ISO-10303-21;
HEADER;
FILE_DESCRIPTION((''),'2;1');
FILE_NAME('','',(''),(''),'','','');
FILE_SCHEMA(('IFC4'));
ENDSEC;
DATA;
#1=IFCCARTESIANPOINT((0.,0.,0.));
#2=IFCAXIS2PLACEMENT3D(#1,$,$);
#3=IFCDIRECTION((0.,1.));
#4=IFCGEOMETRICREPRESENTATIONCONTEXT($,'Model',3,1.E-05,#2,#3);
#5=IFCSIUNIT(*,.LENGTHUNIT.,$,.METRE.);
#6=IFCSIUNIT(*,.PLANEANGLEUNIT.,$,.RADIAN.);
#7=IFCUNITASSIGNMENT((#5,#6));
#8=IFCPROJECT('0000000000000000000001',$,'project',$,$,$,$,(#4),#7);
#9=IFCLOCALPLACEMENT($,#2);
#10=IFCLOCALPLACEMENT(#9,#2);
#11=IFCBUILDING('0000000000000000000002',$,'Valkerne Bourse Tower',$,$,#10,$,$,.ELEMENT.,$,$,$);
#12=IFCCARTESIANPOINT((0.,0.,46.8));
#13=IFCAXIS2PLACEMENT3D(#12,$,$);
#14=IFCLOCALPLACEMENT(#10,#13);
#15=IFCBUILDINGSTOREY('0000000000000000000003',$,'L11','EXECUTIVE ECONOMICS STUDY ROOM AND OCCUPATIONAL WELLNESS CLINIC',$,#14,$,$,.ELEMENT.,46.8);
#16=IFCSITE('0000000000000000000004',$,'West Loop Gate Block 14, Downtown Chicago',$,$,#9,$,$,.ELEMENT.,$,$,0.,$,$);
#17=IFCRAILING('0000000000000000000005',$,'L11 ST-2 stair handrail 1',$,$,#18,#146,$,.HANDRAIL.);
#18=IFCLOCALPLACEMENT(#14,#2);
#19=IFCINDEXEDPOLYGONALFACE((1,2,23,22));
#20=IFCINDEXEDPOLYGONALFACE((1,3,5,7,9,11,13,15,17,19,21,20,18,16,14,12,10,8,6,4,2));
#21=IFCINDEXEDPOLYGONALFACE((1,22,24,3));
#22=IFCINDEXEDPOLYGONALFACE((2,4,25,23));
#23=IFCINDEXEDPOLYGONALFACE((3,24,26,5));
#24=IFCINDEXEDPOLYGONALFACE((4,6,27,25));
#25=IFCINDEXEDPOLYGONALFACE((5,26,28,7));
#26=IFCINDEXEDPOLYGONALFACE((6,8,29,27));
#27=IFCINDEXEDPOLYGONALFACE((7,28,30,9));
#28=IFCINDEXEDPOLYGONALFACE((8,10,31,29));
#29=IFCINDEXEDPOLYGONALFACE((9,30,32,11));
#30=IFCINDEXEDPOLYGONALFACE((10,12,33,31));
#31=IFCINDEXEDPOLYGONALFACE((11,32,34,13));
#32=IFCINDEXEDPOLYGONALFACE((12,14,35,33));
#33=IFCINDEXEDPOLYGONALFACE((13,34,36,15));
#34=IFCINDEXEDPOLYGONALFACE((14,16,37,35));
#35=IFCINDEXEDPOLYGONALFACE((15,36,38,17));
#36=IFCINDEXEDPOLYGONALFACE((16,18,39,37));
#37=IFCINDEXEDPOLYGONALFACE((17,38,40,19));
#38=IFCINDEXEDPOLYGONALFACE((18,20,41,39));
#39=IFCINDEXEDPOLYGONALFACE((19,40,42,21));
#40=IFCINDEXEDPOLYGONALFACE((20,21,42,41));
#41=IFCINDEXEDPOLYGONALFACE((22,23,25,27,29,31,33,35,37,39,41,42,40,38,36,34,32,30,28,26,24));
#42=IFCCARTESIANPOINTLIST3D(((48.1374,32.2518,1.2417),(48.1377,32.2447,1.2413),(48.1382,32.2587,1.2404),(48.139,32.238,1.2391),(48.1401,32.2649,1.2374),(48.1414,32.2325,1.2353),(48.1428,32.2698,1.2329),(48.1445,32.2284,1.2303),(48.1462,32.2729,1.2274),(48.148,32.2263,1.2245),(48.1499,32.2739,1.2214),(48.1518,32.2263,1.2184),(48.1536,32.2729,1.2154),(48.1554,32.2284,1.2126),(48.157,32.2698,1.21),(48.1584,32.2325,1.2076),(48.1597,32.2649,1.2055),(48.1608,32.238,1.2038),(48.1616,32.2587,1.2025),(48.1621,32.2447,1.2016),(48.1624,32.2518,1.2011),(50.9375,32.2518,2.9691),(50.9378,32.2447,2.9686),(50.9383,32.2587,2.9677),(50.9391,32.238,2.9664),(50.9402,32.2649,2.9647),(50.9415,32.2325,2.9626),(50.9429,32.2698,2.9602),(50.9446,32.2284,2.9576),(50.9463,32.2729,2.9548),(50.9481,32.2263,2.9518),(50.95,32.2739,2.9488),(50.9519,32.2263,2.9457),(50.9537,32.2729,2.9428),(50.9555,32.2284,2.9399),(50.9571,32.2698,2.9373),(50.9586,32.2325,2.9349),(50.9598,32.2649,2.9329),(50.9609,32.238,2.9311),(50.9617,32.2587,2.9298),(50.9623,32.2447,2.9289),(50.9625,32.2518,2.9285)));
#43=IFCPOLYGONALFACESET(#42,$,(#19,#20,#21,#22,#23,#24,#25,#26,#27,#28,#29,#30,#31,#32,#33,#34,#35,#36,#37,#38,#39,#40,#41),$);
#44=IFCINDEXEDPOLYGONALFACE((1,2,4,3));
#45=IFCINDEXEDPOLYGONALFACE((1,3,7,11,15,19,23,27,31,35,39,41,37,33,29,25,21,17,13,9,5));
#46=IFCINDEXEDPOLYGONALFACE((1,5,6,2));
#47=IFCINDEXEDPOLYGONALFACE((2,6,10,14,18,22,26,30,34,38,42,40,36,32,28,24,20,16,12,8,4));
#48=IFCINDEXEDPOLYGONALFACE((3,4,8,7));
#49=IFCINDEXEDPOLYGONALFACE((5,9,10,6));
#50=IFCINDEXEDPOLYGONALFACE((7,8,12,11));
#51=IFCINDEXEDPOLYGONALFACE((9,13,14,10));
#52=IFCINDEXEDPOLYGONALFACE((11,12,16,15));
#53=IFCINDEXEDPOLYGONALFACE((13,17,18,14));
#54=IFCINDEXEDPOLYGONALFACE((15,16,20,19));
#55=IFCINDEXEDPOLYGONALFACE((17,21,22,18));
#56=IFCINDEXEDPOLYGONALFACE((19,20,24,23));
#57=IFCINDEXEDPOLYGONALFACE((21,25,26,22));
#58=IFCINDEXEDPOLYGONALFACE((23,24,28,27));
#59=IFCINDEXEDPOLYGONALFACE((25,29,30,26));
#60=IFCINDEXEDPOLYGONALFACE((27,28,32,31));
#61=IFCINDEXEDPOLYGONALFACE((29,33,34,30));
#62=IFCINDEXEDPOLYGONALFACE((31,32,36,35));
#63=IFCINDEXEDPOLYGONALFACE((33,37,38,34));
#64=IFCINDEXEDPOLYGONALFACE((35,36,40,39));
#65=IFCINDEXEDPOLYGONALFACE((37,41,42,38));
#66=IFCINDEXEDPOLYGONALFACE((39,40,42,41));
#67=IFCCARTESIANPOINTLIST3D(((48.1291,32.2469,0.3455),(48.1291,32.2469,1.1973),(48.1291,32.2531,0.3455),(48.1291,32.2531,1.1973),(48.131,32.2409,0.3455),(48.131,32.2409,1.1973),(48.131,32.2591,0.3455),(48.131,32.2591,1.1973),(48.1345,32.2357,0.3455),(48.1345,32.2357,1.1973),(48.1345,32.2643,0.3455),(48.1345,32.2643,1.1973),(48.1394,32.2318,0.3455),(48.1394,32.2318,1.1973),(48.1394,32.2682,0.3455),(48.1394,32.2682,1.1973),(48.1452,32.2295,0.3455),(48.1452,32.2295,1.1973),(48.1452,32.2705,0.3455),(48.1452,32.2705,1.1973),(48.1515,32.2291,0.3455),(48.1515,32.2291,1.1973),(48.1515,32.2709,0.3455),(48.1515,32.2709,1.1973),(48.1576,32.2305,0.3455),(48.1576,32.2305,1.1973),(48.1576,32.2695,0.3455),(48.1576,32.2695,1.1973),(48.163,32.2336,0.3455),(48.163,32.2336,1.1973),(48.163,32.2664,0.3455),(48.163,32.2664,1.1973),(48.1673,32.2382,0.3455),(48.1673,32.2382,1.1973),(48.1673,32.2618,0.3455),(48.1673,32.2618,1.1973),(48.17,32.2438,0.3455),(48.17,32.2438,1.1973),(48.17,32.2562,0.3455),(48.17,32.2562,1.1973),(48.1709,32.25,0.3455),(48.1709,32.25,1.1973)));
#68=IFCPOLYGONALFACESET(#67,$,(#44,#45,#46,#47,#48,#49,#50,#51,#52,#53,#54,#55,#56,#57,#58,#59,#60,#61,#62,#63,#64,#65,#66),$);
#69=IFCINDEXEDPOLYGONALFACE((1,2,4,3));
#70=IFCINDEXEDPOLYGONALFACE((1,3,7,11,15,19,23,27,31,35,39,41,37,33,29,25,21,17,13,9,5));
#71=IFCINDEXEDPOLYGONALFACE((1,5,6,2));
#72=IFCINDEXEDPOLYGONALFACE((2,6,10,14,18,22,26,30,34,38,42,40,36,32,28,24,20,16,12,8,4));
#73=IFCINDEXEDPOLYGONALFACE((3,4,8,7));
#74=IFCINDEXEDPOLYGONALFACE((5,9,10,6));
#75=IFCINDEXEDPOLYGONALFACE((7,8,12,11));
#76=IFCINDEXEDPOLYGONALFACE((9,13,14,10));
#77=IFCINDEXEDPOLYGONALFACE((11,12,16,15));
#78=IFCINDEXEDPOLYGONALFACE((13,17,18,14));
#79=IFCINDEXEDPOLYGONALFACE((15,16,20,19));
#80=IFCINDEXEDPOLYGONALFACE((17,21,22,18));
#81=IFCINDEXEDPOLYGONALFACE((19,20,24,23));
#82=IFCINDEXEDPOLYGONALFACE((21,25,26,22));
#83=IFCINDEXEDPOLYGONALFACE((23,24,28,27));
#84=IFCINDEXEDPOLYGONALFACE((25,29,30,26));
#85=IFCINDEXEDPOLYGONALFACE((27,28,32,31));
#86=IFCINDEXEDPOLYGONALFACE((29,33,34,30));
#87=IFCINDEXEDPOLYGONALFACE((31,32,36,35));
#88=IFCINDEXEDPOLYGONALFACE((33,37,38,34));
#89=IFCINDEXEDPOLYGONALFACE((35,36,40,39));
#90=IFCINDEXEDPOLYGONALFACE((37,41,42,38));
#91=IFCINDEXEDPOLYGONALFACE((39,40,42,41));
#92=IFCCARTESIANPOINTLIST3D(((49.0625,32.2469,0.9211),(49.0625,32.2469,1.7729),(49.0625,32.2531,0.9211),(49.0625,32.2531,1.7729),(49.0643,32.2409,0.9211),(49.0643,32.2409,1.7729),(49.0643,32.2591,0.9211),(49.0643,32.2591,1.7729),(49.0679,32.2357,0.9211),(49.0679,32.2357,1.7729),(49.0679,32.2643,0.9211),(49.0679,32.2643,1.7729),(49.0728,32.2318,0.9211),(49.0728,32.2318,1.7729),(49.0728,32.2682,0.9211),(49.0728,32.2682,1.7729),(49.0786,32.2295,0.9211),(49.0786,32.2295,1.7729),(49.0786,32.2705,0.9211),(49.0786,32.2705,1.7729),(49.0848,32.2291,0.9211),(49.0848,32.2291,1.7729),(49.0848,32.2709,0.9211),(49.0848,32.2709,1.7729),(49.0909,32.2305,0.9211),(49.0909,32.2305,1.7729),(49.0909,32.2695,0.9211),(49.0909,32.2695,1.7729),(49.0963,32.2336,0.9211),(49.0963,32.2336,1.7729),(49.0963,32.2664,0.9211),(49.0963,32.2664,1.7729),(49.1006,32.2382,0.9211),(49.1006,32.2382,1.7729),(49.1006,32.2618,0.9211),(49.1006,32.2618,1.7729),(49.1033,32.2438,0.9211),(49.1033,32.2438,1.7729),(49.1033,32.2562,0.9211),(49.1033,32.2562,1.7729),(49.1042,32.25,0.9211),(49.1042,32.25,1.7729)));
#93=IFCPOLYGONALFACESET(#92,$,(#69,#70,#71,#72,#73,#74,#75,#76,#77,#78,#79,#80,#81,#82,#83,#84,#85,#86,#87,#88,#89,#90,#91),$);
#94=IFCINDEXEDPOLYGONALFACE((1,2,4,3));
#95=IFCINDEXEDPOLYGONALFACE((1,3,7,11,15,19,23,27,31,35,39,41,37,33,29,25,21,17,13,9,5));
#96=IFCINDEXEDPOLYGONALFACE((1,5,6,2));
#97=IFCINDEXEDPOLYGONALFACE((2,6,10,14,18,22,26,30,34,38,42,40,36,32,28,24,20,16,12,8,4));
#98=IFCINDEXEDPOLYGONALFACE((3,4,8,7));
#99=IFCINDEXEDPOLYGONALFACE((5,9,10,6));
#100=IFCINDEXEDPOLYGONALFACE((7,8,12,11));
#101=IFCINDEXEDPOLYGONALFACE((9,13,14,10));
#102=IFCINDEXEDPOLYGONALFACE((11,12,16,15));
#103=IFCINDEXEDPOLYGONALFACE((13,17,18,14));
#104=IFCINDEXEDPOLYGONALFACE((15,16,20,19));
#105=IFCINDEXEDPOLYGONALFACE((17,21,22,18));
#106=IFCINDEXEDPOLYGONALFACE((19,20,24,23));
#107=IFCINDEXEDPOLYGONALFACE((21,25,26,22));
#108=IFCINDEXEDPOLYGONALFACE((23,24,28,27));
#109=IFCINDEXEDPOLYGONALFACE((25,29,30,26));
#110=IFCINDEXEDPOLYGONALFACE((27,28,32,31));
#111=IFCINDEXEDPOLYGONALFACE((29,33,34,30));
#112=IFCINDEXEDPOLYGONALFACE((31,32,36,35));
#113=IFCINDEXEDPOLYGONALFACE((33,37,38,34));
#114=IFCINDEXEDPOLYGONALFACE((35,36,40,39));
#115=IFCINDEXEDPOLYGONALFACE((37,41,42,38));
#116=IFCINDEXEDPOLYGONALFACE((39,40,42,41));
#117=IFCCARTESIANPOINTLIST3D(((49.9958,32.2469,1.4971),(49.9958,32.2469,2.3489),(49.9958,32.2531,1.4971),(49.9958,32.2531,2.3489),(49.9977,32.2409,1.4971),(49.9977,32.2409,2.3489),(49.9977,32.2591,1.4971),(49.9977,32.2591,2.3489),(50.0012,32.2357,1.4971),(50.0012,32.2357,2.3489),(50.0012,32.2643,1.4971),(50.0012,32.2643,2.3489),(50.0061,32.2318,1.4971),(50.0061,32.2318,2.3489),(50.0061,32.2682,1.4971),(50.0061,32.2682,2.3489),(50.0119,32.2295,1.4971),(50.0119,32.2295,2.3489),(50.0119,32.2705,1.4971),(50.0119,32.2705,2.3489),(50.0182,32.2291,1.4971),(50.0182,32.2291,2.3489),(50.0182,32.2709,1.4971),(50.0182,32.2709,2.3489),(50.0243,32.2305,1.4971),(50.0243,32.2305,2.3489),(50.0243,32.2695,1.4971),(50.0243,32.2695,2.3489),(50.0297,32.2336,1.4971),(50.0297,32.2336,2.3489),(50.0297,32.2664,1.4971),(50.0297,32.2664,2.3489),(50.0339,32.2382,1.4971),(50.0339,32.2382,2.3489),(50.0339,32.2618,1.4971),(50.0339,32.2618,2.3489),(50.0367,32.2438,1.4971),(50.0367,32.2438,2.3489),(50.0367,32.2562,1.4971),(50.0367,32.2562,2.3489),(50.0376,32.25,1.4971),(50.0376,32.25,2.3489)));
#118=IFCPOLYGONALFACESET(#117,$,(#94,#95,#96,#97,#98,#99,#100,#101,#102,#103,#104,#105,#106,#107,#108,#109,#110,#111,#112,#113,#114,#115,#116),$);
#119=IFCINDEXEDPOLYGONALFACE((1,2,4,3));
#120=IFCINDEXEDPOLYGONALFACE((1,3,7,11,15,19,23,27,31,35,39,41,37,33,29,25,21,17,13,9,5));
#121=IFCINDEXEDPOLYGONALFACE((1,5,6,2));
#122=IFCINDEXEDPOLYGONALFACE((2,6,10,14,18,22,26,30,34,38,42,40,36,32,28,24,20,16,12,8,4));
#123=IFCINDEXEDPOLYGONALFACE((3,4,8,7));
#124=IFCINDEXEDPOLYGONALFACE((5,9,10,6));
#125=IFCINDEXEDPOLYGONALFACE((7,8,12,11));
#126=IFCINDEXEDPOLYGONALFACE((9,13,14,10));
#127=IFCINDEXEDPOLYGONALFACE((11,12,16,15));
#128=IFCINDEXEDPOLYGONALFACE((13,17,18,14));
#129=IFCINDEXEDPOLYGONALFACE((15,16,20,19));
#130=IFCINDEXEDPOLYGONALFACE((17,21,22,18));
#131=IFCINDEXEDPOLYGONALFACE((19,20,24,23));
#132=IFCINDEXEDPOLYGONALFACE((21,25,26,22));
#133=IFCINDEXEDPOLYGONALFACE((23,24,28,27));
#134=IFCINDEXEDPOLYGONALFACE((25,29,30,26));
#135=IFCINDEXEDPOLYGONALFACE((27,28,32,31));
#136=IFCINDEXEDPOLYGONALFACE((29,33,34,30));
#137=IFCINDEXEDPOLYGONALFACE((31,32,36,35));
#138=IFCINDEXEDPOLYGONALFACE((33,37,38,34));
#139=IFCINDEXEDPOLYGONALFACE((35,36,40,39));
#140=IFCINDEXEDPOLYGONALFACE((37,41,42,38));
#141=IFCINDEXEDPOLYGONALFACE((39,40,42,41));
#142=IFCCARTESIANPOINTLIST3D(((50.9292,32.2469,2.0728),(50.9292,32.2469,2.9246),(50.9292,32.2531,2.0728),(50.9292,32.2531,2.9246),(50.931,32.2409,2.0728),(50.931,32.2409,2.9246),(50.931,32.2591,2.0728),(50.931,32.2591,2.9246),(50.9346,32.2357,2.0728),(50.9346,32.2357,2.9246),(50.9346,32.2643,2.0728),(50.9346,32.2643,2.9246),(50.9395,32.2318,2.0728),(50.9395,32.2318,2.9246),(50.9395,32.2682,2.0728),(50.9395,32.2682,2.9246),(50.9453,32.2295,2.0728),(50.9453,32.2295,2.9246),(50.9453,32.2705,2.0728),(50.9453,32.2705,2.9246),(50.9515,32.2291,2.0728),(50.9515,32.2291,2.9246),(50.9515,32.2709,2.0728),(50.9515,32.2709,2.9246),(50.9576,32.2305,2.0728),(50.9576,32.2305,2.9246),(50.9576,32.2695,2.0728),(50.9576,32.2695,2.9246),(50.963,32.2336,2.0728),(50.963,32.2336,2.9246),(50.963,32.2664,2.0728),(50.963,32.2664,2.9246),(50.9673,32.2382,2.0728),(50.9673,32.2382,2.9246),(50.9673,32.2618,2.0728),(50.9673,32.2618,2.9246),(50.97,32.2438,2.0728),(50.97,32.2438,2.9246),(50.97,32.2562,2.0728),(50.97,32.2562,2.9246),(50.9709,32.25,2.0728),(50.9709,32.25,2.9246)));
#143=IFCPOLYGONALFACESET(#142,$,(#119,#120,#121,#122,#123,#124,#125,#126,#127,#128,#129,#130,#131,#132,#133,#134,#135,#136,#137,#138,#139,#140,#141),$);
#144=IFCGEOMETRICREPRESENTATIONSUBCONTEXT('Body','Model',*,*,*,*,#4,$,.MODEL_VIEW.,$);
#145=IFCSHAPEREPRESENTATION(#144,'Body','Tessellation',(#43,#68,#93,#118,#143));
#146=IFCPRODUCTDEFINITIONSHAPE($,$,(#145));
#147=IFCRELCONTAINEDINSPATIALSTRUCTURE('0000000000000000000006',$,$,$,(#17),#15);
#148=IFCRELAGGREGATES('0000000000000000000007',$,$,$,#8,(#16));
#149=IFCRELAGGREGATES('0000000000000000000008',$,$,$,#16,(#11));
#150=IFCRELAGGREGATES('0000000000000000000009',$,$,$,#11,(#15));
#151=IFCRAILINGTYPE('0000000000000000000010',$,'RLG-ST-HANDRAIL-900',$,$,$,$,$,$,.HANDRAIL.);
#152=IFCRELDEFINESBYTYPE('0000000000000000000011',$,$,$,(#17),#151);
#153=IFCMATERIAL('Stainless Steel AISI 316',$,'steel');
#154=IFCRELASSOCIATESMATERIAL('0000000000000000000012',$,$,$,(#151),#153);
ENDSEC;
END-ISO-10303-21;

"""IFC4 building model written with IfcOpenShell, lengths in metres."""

from ifc_helpers import new_model, si_unit, direction, frame, origin, origin_2d, place, context, subcontext, project, spatial, circle, extrude, material, type_object, element, save


model = new_model("IFC4")

# Units and contexts
model_context = context("Model", 3, precision=1e-05, world=origin(), true_north=direction((0.0, 1.0)))
body_context = subcontext(model_context, "Body", "Model", "MODEL_VIEW")
ifc_project = project(units=[si_unit("LENGTHUNIT", "METRE"), si_unit("PLANEANGLEUNIT", "RADIAN")], contexts=[model_context])

# Site, building, storey
site_placement = place(None, origin())
site = spatial("IfcSite", under=ifc_project, at=site_placement, Name="West Loop Gate Block 14, Downtown Chicago", CompositionType="ELEMENT", RefElevation=0.0)
building_placement = place(site_placement, origin())
building = spatial("IfcBuilding", under=site, at=building_placement, Name="Valkerne Bourse Tower", CompositionType="ELEMENT")
storey_placement = place(building_placement, frame((0.0, 0.0, 46.8)))
storey = spatial("IfcBuildingStorey", under=building, at=storey_placement, Name="L11", Description="EXECUTIVE ECONOMICS STUDY ROOM AND OCCUPATIONAL WELLNESS CLINIC", CompositionType="ELEMENT", Elevation=46.8)

# Shared definitions
ifc_material_1 = material(Name="Stainless Steel AISI 316", Category="steel")

# Railing
railing_type_1 = type_object("IfcRailingType", Name="RLG-ST-HANDRAIL-900", PredefinedType="HANDRAIL", material=ifc_material_1)
railing_1_placement = place(storey_placement, frame((48.1499, 32.25, 0.3455)))
element("IfcRailing", 1, at=railing_1_placement, inside=storey, type_object=railing_type_1, Name="L11 ST-2 stair handrail 1", PredefinedType="HANDRAIL", context=body_context, shape_type="SweptSolid", body=[
    extrude(circle(Radius=0.0239, at=origin_2d()), frame((0.0, 0.0, 0.876), z_axis=(0.85109, 0.0, 0.52502), x_axis=(0.0, 1.0, 0.0)), (0.0, 0.0, 1.0), 3.29),
    extrude(circle(Radius=0.021, at=origin_2d()), origin(), (0.0, 0.0, 1.0), 0.8518),
    extrude(circle(Radius=0.021, at=origin_2d()), frame((0.9333, 0.0, 0.5757)), (0.0, 0.0, 1.0), 0.8518),
    extrude(circle(Radius=0.021, at=origin_2d()), frame((1.8667, 0.0, 1.1516)), (0.0, 0.0, 1.0), 0.8518),
    extrude(circle(Radius=0.021, at=origin_2d()), frame((2.8, 0.0, 1.7273)), (0.0, 0.0, 1.0), 0.8518),
])

save(model, "model.ifc")
